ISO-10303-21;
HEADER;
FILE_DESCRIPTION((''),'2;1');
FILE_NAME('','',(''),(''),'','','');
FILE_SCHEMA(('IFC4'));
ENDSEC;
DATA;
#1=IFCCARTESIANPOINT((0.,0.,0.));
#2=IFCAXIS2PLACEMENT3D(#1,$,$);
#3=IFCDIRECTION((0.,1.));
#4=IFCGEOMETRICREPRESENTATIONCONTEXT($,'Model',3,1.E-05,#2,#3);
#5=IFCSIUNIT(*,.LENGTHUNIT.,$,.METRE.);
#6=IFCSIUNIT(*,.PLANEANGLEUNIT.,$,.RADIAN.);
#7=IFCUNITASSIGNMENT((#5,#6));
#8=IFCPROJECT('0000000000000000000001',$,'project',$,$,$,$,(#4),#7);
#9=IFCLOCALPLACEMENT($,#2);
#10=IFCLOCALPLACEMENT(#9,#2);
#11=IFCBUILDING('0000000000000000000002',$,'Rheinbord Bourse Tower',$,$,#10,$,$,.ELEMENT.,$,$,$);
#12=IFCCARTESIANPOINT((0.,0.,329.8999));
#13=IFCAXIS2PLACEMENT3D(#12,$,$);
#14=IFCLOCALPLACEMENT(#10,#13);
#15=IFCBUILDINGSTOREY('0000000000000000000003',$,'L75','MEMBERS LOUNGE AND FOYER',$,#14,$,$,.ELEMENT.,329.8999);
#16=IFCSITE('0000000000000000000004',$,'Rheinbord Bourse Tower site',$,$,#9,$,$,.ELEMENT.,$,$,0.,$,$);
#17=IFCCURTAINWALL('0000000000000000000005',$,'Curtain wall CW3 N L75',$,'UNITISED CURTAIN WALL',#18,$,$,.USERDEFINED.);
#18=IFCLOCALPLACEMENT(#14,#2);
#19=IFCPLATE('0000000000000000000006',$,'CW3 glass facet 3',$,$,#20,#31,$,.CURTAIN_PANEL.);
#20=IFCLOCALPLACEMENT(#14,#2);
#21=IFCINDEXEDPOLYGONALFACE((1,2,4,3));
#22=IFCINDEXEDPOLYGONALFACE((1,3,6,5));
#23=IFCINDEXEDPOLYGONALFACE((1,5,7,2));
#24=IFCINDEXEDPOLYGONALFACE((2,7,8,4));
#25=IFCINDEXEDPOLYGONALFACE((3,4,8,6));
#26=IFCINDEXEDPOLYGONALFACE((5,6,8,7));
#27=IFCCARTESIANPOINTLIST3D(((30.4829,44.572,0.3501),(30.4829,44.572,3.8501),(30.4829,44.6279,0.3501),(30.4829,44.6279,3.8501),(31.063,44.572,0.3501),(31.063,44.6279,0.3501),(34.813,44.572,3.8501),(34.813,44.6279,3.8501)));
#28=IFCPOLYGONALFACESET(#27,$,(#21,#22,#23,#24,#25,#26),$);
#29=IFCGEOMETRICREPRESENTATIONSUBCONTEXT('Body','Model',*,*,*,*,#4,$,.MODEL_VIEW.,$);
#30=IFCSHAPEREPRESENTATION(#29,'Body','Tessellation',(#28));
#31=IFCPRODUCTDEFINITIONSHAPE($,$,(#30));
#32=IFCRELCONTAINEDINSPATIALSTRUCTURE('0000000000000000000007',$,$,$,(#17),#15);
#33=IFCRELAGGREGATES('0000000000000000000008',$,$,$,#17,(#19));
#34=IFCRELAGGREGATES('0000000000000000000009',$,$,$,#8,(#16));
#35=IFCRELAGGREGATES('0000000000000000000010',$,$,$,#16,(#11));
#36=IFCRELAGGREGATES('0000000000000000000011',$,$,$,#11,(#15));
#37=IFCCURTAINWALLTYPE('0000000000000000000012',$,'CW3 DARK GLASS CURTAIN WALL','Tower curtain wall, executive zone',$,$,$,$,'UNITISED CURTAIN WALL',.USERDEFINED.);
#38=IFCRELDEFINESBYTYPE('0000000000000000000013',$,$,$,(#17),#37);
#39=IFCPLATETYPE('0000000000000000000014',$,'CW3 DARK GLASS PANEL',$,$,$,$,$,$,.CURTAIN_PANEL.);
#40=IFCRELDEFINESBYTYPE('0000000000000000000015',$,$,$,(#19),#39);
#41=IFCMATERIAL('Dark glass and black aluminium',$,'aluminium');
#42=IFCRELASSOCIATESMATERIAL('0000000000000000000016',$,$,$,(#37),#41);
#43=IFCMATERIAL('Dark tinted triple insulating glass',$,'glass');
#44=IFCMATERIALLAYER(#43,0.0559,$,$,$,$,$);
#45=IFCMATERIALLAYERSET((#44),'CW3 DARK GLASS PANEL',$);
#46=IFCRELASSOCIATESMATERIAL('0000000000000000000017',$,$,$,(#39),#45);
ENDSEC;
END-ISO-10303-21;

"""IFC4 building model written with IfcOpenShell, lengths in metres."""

from ifc_helpers import new_model, si_unit, direction, frame, origin, place, context, subcontext, project, spatial, polyline, outline, extrude, material, layer, layer_set, type_object, element, aggregate, save


model = new_model("IFC4")

# Units and contexts
model_context = context("Model", 3, precision=1e-05, world=origin(), true_north=direction((0.0, 1.0)))
body_context = subcontext(model_context, "Body", "Model", "MODEL_VIEW")
ifc_project = project(units=[si_unit("LENGTHUNIT", "METRE"), si_unit("PLANEANGLEUNIT", "RADIAN")], contexts=[model_context])

# Site, building, storey
site_placement = place(None, origin())
site = spatial("IfcSite", under=ifc_project, at=site_placement, Name="Rheinbord Bourse Tower site", CompositionType="ELEMENT", RefElevation=0.0)
building_placement = place(site_placement, origin())
building = spatial("IfcBuilding", under=site, at=building_placement, Name="Rheinbord Bourse Tower", CompositionType="ELEMENT")
storey_placement = place(building_placement, frame((0.0, 0.0, 329.8999)))
storey = spatial("IfcBuildingStorey", under=building, at=storey_placement, Name="L75", Description="MEMBERS LOUNGE AND FOYER", CompositionType="ELEMENT", Elevation=329.8999)

# Curtain wall
ifc_material_1 = material(Name="Dark glass and black aluminium", Category="aluminium")
curtain_wall_type = type_object("IfcCurtainWallType", Name="CW3 DARK GLASS CURTAIN WALL", Description="Tower curtain wall, executive zone", ElementType="UNITISED CURTAIN WALL", PredefinedType="USERDEFINED", material=ifc_material_1)
curtain_wall_placement = place(storey_placement, origin())
curtain_wall = element("IfcCurtainWall", 1, at=curtain_wall_placement, inside=storey, type_object=curtain_wall_type, Name="Curtain wall CW3 N L75", ObjectType="UNITISED CURTAIN WALL", PredefinedType="USERDEFINED")

# Plate
ifc_material_2 = material(Name="Dark tinted triple insulating glass", Category="glass")
ifc_layer = layer(ifc_material_2, 0.0559)
ifc_layer_set = layer_set([ifc_layer], Name="CW3 DARK GLASS PANEL")
plate_type = type_object("IfcPlateType", Name="CW3 DARK GLASS PANEL", PredefinedType="CURTAIN_PANEL", material=ifc_layer_set)
plate_1_placement = place(storey_placement, frame((30.4829, 44.6279, 3.8501), z_axis=(0.0, -1.0, 0.0), x_axis=(0.0, 0.0, -1.0)))
plate_1 = element("IfcPlate", 2, at=plate_1_placement, type_object=plate_type, Name="CW3 glass facet 3", PredefinedType="CURTAIN_PANEL", context=body_context, shape_type="SweptSolid", body=[
    extrude(outline(polyline([(0.0, 0.0), (3.5, 0.0), (3.5, 0.5801), (0.0, 4.3301), (0.0, 0.0)])), origin(), (0.0, 0.0, 1.0), 0.0559),
])
aggregate(curtain_wall, [plate_1])

save(model, "model.ifc")
